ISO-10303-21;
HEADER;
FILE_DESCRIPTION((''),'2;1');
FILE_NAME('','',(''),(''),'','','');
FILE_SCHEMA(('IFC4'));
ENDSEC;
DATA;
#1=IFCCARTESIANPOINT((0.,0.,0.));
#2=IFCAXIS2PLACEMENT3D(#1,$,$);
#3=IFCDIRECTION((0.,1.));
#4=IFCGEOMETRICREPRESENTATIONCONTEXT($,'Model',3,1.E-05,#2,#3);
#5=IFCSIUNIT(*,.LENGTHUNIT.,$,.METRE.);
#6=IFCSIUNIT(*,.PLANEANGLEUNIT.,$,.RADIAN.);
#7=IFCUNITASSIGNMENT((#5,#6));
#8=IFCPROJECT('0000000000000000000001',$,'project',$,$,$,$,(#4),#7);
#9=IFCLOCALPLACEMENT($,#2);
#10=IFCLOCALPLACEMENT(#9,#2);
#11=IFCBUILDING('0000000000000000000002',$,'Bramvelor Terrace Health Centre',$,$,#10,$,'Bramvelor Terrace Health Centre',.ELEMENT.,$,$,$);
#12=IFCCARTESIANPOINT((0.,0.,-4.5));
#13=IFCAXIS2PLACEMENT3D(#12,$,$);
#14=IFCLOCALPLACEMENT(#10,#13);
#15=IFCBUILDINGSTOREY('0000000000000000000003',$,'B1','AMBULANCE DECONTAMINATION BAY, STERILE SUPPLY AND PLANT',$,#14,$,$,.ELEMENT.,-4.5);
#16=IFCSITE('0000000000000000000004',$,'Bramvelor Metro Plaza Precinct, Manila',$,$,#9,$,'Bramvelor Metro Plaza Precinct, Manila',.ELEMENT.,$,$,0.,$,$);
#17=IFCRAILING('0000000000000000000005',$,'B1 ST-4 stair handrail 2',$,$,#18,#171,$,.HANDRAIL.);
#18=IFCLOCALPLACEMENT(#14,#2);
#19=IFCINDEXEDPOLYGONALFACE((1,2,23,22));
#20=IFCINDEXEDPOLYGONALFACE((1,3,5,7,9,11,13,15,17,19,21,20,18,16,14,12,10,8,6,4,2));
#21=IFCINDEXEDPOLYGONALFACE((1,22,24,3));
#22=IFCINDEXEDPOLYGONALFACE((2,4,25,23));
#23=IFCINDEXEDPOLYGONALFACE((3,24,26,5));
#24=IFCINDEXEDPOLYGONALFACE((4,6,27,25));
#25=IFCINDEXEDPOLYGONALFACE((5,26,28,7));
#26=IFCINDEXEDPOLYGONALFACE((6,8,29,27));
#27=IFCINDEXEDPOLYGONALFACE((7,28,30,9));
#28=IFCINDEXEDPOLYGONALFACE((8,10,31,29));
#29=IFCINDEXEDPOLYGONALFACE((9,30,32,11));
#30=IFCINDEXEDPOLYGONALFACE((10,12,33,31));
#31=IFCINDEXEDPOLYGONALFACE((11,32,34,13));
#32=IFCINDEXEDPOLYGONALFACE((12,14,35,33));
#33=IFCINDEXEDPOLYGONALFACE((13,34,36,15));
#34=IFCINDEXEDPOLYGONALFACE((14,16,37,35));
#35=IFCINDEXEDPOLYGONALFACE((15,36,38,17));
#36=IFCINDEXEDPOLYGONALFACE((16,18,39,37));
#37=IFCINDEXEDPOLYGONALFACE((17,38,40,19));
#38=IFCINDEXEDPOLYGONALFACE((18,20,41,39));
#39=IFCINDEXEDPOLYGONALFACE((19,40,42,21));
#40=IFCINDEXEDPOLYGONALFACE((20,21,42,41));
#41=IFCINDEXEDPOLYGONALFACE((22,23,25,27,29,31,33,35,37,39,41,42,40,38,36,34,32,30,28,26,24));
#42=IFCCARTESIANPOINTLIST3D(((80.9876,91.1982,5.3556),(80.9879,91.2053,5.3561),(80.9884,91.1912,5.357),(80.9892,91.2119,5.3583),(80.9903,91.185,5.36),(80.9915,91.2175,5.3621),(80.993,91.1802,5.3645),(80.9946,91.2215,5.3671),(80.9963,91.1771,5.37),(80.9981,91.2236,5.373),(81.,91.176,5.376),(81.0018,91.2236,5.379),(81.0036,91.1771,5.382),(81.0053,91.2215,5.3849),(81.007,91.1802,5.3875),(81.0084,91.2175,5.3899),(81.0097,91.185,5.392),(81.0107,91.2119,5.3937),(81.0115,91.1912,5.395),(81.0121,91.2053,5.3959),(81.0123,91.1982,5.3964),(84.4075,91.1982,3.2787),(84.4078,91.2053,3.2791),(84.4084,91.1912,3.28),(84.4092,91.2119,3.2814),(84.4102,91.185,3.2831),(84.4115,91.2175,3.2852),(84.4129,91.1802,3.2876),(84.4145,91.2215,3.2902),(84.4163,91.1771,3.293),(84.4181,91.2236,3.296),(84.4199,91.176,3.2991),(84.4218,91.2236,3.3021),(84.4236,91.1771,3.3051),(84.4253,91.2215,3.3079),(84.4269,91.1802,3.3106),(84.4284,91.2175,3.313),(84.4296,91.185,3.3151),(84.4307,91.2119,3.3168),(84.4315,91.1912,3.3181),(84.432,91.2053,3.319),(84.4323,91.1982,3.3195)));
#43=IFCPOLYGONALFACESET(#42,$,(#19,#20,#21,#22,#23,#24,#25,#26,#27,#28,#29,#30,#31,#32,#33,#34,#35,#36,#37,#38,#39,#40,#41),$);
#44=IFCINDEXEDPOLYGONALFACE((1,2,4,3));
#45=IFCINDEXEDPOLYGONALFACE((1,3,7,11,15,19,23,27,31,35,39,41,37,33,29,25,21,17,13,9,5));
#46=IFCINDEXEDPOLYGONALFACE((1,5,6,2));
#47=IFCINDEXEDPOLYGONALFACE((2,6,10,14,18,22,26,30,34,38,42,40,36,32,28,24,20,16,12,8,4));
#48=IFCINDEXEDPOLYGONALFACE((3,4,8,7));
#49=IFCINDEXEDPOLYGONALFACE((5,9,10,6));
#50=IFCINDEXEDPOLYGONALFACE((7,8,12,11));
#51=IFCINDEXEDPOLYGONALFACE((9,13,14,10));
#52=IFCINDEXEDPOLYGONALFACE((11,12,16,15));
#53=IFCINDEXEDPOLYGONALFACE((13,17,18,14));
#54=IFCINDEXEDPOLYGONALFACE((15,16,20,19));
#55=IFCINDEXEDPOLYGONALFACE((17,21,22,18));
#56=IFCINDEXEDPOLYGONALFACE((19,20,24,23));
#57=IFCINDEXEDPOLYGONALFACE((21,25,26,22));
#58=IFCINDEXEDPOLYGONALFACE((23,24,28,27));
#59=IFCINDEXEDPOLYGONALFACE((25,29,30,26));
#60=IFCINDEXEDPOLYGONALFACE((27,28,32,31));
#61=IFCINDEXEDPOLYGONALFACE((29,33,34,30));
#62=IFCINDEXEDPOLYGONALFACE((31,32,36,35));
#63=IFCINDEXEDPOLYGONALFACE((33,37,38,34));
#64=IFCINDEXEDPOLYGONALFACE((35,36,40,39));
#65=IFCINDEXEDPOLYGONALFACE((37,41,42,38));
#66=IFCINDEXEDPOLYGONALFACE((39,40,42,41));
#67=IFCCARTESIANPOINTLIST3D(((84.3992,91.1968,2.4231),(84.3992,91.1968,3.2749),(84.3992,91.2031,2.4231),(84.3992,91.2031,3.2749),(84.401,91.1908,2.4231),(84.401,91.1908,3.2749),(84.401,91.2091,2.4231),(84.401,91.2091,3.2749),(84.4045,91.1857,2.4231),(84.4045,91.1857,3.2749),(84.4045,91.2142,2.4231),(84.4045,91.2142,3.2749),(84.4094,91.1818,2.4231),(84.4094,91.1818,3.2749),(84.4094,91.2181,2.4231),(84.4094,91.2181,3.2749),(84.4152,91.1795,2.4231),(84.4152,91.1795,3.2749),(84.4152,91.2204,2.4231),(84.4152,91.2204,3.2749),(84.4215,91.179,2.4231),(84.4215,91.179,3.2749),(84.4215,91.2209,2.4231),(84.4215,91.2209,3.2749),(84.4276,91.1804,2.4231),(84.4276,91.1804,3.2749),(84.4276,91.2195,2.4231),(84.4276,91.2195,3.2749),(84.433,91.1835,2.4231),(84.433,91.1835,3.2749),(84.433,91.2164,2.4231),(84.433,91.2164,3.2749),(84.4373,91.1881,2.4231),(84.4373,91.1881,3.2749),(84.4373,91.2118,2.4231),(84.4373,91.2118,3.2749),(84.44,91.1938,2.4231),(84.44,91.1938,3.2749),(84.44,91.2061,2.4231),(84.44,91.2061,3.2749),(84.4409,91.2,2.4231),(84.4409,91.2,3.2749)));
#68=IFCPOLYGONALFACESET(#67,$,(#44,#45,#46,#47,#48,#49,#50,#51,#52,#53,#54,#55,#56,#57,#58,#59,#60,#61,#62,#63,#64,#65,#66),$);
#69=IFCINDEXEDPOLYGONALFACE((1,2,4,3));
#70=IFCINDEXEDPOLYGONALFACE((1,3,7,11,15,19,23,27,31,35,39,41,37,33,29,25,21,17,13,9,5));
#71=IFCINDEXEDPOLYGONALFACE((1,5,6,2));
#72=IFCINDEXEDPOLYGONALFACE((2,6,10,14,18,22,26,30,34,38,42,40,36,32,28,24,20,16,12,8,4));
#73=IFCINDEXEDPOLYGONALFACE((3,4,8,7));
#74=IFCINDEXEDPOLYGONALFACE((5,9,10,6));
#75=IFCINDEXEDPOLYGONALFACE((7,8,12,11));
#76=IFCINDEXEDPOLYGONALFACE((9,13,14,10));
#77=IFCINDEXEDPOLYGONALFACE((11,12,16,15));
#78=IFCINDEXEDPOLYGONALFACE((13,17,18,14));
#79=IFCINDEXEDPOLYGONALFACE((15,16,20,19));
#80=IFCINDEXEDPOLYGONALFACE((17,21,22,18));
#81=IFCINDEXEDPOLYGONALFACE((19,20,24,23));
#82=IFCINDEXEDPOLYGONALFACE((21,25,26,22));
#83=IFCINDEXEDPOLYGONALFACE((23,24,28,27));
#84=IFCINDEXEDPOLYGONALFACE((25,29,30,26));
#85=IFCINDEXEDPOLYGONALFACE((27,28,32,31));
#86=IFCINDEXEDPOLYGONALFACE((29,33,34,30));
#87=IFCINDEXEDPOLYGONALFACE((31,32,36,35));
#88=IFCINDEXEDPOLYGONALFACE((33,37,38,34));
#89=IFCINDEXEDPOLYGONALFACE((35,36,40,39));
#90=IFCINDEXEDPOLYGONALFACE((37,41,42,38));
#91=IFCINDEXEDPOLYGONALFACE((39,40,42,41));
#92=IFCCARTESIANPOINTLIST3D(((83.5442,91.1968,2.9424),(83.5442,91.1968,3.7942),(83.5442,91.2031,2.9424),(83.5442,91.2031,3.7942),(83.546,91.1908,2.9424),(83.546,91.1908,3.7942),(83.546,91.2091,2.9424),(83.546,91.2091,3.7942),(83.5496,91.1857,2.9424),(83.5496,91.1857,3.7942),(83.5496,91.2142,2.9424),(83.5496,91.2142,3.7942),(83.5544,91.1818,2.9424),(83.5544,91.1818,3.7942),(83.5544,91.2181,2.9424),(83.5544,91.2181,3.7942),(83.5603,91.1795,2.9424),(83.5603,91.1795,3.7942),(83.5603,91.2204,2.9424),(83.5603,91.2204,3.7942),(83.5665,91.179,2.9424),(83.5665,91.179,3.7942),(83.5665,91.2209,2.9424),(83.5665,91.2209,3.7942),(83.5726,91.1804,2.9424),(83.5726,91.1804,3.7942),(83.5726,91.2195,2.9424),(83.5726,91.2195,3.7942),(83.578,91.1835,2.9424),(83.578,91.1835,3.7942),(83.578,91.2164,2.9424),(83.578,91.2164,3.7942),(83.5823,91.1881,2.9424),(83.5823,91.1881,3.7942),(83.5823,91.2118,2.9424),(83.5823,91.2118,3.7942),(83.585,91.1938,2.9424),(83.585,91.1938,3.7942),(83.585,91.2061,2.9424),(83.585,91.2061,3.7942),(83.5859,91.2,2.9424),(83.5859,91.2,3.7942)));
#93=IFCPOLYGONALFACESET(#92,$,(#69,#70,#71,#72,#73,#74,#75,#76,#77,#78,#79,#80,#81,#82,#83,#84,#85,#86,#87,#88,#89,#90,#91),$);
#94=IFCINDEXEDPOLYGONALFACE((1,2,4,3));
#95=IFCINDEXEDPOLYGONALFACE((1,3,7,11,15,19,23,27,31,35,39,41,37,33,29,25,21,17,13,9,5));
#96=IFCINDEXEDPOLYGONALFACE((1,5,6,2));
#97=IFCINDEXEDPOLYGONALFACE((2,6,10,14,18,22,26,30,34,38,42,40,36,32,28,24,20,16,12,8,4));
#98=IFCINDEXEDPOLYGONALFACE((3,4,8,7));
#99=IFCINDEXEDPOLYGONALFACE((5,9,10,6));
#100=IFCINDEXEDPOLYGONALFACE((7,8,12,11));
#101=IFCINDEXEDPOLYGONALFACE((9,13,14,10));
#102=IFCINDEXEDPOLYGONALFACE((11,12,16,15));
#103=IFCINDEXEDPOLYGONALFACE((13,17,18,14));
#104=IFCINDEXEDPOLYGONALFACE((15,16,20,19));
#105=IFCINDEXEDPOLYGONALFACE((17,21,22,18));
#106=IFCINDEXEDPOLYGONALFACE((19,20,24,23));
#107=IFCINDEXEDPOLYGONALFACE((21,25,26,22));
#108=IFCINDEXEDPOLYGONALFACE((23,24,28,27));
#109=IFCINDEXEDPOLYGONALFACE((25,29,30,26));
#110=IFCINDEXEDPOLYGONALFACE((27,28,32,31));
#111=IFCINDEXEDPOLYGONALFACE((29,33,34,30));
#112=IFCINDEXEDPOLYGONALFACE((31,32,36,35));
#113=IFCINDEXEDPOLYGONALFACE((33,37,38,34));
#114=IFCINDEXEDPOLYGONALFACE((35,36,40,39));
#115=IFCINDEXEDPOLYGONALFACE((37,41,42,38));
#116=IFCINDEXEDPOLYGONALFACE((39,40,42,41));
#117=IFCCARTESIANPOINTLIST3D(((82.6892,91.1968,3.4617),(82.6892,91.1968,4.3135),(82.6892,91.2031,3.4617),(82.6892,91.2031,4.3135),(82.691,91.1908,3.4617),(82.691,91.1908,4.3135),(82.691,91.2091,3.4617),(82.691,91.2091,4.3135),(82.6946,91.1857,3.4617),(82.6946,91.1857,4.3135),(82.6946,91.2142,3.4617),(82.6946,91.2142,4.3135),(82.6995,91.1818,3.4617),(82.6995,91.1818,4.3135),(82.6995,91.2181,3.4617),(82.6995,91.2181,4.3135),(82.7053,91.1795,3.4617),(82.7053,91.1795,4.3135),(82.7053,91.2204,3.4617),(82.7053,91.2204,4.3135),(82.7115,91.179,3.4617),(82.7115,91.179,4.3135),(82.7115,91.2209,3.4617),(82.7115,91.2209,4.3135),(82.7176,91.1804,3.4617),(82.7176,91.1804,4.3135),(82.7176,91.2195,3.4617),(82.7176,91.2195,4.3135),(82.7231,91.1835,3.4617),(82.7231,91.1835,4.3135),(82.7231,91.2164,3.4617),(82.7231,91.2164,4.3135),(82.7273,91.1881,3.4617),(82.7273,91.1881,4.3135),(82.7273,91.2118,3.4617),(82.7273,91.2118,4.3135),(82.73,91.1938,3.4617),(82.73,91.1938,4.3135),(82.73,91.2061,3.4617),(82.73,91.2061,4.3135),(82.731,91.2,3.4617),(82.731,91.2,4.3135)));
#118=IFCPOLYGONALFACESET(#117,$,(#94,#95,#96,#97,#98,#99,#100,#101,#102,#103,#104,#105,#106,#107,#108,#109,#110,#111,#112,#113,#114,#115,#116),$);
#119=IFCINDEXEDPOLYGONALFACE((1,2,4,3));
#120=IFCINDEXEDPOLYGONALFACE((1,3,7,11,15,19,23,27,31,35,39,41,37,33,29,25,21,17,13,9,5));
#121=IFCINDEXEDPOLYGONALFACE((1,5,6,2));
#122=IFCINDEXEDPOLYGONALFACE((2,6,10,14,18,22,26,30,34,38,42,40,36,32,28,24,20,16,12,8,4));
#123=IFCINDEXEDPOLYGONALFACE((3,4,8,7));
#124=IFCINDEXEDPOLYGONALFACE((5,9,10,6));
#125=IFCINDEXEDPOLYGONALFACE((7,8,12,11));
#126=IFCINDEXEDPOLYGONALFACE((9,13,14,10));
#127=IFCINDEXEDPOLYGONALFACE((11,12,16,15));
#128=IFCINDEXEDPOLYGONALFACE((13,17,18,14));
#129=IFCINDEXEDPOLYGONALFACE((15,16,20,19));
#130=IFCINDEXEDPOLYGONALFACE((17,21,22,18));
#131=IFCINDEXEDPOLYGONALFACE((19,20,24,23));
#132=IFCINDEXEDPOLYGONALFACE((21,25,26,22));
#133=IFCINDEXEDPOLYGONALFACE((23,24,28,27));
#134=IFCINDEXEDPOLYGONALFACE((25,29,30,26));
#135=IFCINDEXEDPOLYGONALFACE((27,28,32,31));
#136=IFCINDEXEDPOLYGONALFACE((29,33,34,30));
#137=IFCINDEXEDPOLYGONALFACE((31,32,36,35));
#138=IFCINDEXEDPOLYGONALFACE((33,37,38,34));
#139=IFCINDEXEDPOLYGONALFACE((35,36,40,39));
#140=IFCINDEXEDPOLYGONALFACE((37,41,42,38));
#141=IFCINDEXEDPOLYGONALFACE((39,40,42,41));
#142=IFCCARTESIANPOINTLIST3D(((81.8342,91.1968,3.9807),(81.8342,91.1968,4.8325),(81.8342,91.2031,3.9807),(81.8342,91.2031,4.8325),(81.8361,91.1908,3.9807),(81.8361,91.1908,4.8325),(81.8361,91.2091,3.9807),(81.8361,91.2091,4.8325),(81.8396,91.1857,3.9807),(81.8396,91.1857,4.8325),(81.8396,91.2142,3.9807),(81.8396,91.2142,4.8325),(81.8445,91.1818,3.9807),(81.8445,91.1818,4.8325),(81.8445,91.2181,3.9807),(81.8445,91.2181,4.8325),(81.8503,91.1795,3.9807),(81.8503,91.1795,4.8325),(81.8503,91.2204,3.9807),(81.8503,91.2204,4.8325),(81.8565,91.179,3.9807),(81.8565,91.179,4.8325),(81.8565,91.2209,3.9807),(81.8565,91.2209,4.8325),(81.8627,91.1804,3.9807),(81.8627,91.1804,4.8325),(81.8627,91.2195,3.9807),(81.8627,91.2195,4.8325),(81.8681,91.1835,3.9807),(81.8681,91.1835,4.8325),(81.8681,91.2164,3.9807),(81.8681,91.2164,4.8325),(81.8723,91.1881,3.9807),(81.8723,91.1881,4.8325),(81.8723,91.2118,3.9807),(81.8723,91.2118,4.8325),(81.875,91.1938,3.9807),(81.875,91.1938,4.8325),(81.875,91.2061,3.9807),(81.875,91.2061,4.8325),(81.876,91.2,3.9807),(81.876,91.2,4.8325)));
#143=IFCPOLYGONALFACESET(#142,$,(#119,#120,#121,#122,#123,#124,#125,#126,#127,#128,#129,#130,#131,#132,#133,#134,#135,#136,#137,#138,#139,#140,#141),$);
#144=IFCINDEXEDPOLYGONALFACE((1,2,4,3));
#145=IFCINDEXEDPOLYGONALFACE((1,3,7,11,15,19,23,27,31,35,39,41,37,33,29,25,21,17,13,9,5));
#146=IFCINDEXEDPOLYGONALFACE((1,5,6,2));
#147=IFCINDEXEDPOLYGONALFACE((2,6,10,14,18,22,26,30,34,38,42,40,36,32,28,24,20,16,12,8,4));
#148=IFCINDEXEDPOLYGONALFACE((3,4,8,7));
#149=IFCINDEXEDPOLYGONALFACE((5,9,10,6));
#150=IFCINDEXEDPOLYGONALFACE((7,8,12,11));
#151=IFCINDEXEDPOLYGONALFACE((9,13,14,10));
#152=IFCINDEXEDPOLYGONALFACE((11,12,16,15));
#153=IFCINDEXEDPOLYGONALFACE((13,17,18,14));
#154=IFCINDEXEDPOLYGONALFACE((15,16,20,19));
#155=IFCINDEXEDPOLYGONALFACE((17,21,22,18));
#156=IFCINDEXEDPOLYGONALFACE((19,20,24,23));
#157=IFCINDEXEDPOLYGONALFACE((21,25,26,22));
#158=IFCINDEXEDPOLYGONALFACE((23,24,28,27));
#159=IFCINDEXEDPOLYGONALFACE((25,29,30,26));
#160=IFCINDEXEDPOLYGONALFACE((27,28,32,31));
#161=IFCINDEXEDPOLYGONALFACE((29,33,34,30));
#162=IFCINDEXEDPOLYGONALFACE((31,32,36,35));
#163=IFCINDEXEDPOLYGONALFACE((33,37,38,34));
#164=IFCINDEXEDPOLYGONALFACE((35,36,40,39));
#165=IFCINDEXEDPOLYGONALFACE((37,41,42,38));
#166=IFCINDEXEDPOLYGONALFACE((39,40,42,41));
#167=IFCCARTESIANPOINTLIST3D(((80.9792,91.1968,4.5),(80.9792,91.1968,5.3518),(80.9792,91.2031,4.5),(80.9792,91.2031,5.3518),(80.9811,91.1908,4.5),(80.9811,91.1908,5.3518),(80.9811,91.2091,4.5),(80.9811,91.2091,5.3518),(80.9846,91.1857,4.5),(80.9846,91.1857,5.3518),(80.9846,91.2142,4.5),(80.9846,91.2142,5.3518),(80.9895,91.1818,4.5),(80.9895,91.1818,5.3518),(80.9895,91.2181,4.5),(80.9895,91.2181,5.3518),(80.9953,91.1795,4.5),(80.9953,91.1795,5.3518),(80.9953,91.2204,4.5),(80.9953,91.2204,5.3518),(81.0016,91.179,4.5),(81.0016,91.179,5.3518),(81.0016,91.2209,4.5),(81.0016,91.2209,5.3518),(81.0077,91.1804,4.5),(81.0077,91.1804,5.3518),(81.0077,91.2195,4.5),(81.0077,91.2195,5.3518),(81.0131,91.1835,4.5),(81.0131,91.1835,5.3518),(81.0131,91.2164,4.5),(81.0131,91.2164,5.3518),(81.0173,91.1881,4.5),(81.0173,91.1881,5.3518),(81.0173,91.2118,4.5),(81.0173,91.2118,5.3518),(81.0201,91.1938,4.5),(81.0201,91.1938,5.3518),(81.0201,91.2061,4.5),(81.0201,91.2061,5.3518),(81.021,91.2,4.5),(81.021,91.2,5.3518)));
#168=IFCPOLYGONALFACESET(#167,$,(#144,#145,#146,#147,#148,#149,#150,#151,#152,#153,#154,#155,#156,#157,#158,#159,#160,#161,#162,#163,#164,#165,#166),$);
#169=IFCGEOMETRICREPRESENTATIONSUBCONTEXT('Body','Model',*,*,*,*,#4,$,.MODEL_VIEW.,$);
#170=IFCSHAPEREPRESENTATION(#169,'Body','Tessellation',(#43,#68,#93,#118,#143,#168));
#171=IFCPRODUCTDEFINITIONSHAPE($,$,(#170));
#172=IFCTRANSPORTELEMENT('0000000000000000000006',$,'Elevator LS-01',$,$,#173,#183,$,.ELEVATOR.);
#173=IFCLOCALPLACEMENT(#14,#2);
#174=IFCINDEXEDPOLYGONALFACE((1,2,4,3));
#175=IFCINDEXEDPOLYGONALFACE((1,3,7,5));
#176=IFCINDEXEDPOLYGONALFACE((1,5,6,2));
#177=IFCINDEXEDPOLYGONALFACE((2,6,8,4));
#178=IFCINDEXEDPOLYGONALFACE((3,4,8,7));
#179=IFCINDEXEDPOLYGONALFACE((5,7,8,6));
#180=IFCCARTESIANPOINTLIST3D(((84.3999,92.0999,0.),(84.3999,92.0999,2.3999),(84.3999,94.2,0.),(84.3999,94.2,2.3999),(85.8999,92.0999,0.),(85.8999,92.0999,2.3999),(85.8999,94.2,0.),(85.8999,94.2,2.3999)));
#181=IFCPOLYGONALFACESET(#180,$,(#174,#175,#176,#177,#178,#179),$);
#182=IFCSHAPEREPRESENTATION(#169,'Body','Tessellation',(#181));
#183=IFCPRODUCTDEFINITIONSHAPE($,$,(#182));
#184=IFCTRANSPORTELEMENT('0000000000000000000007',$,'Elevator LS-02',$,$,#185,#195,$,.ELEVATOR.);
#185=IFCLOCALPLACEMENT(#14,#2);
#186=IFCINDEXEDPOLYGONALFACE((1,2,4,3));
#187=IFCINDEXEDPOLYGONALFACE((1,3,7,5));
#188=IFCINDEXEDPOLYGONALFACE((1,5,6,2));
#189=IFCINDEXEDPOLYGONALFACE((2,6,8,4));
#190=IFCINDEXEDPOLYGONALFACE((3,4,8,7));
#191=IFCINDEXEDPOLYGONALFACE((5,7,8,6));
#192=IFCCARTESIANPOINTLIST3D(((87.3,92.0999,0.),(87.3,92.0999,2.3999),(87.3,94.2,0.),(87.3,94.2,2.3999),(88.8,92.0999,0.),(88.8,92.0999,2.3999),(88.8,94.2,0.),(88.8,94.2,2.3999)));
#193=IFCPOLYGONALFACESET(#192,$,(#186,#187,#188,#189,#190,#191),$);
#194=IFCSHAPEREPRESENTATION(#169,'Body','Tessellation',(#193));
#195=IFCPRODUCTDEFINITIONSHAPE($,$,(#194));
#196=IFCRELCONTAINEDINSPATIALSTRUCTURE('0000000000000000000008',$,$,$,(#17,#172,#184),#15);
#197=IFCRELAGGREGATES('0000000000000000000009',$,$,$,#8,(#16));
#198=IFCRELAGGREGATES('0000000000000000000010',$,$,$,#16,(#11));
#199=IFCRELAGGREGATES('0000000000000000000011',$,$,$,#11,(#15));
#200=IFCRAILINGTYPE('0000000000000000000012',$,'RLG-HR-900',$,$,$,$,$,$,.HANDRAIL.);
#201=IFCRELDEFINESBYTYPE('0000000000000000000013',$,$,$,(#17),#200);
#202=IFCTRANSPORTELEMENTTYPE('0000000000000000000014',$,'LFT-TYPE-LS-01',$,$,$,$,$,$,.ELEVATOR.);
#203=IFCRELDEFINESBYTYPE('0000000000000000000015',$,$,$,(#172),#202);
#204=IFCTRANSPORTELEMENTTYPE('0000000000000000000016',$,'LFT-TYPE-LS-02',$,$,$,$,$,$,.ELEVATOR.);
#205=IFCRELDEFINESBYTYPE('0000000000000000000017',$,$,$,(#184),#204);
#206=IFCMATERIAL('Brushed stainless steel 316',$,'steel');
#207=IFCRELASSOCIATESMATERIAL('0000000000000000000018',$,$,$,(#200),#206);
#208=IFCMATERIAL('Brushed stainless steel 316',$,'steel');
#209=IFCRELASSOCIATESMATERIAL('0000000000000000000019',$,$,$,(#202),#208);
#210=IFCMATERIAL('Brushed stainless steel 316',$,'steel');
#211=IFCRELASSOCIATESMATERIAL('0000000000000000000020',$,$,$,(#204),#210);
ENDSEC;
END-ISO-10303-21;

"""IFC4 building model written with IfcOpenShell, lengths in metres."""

from ifc_helpers import new_model, si_unit, direction, frame, origin, origin_2d, place, context, subcontext, project, spatial, rectangle, circle, extrude, material, type_object, element, save


model = new_model("IFC4")

# Units and contexts
model_context = context("Model", 3, precision=1e-05, world=origin(), true_north=direction((0.0, 1.0)))
body_context = subcontext(model_context, "Body", "Model", "MODEL_VIEW")
ifc_project = project(units=[si_unit("LENGTHUNIT", "METRE"), si_unit("PLANEANGLEUNIT", "RADIAN")], contexts=[model_context])

# Site, building, storey
site_placement = place(None, origin())
site = spatial("IfcSite", under=ifc_project, at=site_placement, Name="Bramvelor Metro Plaza Precinct, Manila", LongName="Bramvelor Metro Plaza Precinct, Manila", CompositionType="ELEMENT", RefElevation=0.0)
building_placement = place(site_placement, origin())
building = spatial("IfcBuilding", under=site, at=building_placement, Name="Bramvelor Terrace Health Centre", LongName="Bramvelor Terrace Health Centre", CompositionType="ELEMENT")
storey_placement = place(building_placement, frame((0.0, 0.0, -4.5)))
storey = spatial("IfcBuildingStorey", under=building, at=storey_placement, Name="B1", Description="AMBULANCE DECONTAMINATION BAY, STERILE SUPPLY AND PLANT", CompositionType="ELEMENT", Elevation=-4.5)

# Railing
ifc_material_1 = material(Name="Brushed stainless steel 316", Category="steel")
railing_type_1 = type_object("IfcRailingType", Name="RLG-HR-900", PredefinedType="HANDRAIL", material=ifc_material_1)
railing_1_placement = place(storey_placement, frame((84.4199, 91.2, 2.4231)))
element("IfcRailing", 1, at=railing_1_placement, inside=storey, type_object=railing_type_1, Name="B1 ST-4 stair handrail 2", PredefinedType="HANDRAIL", context=body_context, shape_type="SweptSolid", body=[
    extrude(circle(Radius=0.0239, at=origin_2d()), frame((0.0, 0.0, 0.876), z_axis=(-0.85473, 0.0, 0.519074), x_axis=(0.0, -1.0, 0.0)), (0.0, 0.0, 1.0), 4.0012),
    extrude(circle(Radius=0.021, at=origin_2d()), origin(), (0.0, 0.0, 1.0), 0.8518),
    extrude(circle(Radius=0.021, at=origin_2d()), frame((-0.855, 0.0, 0.5193)), (0.0, 0.0, 1.0), 0.8518),
    extrude(circle(Radius=0.021, at=origin_2d()), frame((-1.71, 0.0, 1.0386)), (0.0, 0.0, 1.0), 0.8518),
    extrude(circle(Radius=0.021, at=origin_2d()), frame((-2.5649, 0.0, 1.5576)), (0.0, 0.0, 1.0), 0.8518),
    extrude(circle(Radius=0.021, at=origin_2d()), frame((-3.4199, 0.0, 2.0769)), (0.0, 0.0, 1.0), 0.8518),
])

# Transport elements
ifc_material_2 = material(Name="Brushed stainless steel 316", Category="steel")
transport_element_type_1 = type_object("IfcTransportElementType", Name="LFT-TYPE-LS-01", PredefinedType="ELEVATOR", material=ifc_material_2)
transport_element_1_placement = place(storey_placement, frame((85.1499, 93.1499, 0.0), z_axis=(0.0, 0.0, 1.0), x_axis=(1.0, 0.0, 0.0)))
element("IfcTransportElement", 2, at=transport_element_1_placement, inside=storey, type_object=transport_element_type_1, Name="Elevator LS-01", PredefinedType="ELEVATOR", context=body_context, shape_type="SweptSolid", body=[
    extrude(rectangle(XDim=1.5, YDim=2.1001, at=origin_2d()), origin(), (0.0, 0.0, 1.0), 2.3999),
])
ifc_material_3 = material(Name="Brushed stainless steel 316", Category="steel")
transport_element_type_2 = type_object("IfcTransportElementType", Name="LFT-TYPE-LS-02", PredefinedType="ELEVATOR", material=ifc_material_3)
transport_element_2_placement = place(storey_placement, frame((88.05, 93.1499, 0.0), z_axis=(0.0, 0.0, 1.0), x_axis=(1.0, 0.0, 0.0)))
element("IfcTransportElement", 3, at=transport_element_2_placement, inside=storey, type_object=transport_element_type_2, Name="Elevator LS-02", PredefinedType="ELEVATOR", context=body_context, shape_type="SweptSolid", body=[
    extrude(rectangle(XDim=1.5, YDim=2.1001, at=origin_2d()), origin(), (0.0, 0.0, 1.0), 2.3999),
])

save(model, "model.ifc")
